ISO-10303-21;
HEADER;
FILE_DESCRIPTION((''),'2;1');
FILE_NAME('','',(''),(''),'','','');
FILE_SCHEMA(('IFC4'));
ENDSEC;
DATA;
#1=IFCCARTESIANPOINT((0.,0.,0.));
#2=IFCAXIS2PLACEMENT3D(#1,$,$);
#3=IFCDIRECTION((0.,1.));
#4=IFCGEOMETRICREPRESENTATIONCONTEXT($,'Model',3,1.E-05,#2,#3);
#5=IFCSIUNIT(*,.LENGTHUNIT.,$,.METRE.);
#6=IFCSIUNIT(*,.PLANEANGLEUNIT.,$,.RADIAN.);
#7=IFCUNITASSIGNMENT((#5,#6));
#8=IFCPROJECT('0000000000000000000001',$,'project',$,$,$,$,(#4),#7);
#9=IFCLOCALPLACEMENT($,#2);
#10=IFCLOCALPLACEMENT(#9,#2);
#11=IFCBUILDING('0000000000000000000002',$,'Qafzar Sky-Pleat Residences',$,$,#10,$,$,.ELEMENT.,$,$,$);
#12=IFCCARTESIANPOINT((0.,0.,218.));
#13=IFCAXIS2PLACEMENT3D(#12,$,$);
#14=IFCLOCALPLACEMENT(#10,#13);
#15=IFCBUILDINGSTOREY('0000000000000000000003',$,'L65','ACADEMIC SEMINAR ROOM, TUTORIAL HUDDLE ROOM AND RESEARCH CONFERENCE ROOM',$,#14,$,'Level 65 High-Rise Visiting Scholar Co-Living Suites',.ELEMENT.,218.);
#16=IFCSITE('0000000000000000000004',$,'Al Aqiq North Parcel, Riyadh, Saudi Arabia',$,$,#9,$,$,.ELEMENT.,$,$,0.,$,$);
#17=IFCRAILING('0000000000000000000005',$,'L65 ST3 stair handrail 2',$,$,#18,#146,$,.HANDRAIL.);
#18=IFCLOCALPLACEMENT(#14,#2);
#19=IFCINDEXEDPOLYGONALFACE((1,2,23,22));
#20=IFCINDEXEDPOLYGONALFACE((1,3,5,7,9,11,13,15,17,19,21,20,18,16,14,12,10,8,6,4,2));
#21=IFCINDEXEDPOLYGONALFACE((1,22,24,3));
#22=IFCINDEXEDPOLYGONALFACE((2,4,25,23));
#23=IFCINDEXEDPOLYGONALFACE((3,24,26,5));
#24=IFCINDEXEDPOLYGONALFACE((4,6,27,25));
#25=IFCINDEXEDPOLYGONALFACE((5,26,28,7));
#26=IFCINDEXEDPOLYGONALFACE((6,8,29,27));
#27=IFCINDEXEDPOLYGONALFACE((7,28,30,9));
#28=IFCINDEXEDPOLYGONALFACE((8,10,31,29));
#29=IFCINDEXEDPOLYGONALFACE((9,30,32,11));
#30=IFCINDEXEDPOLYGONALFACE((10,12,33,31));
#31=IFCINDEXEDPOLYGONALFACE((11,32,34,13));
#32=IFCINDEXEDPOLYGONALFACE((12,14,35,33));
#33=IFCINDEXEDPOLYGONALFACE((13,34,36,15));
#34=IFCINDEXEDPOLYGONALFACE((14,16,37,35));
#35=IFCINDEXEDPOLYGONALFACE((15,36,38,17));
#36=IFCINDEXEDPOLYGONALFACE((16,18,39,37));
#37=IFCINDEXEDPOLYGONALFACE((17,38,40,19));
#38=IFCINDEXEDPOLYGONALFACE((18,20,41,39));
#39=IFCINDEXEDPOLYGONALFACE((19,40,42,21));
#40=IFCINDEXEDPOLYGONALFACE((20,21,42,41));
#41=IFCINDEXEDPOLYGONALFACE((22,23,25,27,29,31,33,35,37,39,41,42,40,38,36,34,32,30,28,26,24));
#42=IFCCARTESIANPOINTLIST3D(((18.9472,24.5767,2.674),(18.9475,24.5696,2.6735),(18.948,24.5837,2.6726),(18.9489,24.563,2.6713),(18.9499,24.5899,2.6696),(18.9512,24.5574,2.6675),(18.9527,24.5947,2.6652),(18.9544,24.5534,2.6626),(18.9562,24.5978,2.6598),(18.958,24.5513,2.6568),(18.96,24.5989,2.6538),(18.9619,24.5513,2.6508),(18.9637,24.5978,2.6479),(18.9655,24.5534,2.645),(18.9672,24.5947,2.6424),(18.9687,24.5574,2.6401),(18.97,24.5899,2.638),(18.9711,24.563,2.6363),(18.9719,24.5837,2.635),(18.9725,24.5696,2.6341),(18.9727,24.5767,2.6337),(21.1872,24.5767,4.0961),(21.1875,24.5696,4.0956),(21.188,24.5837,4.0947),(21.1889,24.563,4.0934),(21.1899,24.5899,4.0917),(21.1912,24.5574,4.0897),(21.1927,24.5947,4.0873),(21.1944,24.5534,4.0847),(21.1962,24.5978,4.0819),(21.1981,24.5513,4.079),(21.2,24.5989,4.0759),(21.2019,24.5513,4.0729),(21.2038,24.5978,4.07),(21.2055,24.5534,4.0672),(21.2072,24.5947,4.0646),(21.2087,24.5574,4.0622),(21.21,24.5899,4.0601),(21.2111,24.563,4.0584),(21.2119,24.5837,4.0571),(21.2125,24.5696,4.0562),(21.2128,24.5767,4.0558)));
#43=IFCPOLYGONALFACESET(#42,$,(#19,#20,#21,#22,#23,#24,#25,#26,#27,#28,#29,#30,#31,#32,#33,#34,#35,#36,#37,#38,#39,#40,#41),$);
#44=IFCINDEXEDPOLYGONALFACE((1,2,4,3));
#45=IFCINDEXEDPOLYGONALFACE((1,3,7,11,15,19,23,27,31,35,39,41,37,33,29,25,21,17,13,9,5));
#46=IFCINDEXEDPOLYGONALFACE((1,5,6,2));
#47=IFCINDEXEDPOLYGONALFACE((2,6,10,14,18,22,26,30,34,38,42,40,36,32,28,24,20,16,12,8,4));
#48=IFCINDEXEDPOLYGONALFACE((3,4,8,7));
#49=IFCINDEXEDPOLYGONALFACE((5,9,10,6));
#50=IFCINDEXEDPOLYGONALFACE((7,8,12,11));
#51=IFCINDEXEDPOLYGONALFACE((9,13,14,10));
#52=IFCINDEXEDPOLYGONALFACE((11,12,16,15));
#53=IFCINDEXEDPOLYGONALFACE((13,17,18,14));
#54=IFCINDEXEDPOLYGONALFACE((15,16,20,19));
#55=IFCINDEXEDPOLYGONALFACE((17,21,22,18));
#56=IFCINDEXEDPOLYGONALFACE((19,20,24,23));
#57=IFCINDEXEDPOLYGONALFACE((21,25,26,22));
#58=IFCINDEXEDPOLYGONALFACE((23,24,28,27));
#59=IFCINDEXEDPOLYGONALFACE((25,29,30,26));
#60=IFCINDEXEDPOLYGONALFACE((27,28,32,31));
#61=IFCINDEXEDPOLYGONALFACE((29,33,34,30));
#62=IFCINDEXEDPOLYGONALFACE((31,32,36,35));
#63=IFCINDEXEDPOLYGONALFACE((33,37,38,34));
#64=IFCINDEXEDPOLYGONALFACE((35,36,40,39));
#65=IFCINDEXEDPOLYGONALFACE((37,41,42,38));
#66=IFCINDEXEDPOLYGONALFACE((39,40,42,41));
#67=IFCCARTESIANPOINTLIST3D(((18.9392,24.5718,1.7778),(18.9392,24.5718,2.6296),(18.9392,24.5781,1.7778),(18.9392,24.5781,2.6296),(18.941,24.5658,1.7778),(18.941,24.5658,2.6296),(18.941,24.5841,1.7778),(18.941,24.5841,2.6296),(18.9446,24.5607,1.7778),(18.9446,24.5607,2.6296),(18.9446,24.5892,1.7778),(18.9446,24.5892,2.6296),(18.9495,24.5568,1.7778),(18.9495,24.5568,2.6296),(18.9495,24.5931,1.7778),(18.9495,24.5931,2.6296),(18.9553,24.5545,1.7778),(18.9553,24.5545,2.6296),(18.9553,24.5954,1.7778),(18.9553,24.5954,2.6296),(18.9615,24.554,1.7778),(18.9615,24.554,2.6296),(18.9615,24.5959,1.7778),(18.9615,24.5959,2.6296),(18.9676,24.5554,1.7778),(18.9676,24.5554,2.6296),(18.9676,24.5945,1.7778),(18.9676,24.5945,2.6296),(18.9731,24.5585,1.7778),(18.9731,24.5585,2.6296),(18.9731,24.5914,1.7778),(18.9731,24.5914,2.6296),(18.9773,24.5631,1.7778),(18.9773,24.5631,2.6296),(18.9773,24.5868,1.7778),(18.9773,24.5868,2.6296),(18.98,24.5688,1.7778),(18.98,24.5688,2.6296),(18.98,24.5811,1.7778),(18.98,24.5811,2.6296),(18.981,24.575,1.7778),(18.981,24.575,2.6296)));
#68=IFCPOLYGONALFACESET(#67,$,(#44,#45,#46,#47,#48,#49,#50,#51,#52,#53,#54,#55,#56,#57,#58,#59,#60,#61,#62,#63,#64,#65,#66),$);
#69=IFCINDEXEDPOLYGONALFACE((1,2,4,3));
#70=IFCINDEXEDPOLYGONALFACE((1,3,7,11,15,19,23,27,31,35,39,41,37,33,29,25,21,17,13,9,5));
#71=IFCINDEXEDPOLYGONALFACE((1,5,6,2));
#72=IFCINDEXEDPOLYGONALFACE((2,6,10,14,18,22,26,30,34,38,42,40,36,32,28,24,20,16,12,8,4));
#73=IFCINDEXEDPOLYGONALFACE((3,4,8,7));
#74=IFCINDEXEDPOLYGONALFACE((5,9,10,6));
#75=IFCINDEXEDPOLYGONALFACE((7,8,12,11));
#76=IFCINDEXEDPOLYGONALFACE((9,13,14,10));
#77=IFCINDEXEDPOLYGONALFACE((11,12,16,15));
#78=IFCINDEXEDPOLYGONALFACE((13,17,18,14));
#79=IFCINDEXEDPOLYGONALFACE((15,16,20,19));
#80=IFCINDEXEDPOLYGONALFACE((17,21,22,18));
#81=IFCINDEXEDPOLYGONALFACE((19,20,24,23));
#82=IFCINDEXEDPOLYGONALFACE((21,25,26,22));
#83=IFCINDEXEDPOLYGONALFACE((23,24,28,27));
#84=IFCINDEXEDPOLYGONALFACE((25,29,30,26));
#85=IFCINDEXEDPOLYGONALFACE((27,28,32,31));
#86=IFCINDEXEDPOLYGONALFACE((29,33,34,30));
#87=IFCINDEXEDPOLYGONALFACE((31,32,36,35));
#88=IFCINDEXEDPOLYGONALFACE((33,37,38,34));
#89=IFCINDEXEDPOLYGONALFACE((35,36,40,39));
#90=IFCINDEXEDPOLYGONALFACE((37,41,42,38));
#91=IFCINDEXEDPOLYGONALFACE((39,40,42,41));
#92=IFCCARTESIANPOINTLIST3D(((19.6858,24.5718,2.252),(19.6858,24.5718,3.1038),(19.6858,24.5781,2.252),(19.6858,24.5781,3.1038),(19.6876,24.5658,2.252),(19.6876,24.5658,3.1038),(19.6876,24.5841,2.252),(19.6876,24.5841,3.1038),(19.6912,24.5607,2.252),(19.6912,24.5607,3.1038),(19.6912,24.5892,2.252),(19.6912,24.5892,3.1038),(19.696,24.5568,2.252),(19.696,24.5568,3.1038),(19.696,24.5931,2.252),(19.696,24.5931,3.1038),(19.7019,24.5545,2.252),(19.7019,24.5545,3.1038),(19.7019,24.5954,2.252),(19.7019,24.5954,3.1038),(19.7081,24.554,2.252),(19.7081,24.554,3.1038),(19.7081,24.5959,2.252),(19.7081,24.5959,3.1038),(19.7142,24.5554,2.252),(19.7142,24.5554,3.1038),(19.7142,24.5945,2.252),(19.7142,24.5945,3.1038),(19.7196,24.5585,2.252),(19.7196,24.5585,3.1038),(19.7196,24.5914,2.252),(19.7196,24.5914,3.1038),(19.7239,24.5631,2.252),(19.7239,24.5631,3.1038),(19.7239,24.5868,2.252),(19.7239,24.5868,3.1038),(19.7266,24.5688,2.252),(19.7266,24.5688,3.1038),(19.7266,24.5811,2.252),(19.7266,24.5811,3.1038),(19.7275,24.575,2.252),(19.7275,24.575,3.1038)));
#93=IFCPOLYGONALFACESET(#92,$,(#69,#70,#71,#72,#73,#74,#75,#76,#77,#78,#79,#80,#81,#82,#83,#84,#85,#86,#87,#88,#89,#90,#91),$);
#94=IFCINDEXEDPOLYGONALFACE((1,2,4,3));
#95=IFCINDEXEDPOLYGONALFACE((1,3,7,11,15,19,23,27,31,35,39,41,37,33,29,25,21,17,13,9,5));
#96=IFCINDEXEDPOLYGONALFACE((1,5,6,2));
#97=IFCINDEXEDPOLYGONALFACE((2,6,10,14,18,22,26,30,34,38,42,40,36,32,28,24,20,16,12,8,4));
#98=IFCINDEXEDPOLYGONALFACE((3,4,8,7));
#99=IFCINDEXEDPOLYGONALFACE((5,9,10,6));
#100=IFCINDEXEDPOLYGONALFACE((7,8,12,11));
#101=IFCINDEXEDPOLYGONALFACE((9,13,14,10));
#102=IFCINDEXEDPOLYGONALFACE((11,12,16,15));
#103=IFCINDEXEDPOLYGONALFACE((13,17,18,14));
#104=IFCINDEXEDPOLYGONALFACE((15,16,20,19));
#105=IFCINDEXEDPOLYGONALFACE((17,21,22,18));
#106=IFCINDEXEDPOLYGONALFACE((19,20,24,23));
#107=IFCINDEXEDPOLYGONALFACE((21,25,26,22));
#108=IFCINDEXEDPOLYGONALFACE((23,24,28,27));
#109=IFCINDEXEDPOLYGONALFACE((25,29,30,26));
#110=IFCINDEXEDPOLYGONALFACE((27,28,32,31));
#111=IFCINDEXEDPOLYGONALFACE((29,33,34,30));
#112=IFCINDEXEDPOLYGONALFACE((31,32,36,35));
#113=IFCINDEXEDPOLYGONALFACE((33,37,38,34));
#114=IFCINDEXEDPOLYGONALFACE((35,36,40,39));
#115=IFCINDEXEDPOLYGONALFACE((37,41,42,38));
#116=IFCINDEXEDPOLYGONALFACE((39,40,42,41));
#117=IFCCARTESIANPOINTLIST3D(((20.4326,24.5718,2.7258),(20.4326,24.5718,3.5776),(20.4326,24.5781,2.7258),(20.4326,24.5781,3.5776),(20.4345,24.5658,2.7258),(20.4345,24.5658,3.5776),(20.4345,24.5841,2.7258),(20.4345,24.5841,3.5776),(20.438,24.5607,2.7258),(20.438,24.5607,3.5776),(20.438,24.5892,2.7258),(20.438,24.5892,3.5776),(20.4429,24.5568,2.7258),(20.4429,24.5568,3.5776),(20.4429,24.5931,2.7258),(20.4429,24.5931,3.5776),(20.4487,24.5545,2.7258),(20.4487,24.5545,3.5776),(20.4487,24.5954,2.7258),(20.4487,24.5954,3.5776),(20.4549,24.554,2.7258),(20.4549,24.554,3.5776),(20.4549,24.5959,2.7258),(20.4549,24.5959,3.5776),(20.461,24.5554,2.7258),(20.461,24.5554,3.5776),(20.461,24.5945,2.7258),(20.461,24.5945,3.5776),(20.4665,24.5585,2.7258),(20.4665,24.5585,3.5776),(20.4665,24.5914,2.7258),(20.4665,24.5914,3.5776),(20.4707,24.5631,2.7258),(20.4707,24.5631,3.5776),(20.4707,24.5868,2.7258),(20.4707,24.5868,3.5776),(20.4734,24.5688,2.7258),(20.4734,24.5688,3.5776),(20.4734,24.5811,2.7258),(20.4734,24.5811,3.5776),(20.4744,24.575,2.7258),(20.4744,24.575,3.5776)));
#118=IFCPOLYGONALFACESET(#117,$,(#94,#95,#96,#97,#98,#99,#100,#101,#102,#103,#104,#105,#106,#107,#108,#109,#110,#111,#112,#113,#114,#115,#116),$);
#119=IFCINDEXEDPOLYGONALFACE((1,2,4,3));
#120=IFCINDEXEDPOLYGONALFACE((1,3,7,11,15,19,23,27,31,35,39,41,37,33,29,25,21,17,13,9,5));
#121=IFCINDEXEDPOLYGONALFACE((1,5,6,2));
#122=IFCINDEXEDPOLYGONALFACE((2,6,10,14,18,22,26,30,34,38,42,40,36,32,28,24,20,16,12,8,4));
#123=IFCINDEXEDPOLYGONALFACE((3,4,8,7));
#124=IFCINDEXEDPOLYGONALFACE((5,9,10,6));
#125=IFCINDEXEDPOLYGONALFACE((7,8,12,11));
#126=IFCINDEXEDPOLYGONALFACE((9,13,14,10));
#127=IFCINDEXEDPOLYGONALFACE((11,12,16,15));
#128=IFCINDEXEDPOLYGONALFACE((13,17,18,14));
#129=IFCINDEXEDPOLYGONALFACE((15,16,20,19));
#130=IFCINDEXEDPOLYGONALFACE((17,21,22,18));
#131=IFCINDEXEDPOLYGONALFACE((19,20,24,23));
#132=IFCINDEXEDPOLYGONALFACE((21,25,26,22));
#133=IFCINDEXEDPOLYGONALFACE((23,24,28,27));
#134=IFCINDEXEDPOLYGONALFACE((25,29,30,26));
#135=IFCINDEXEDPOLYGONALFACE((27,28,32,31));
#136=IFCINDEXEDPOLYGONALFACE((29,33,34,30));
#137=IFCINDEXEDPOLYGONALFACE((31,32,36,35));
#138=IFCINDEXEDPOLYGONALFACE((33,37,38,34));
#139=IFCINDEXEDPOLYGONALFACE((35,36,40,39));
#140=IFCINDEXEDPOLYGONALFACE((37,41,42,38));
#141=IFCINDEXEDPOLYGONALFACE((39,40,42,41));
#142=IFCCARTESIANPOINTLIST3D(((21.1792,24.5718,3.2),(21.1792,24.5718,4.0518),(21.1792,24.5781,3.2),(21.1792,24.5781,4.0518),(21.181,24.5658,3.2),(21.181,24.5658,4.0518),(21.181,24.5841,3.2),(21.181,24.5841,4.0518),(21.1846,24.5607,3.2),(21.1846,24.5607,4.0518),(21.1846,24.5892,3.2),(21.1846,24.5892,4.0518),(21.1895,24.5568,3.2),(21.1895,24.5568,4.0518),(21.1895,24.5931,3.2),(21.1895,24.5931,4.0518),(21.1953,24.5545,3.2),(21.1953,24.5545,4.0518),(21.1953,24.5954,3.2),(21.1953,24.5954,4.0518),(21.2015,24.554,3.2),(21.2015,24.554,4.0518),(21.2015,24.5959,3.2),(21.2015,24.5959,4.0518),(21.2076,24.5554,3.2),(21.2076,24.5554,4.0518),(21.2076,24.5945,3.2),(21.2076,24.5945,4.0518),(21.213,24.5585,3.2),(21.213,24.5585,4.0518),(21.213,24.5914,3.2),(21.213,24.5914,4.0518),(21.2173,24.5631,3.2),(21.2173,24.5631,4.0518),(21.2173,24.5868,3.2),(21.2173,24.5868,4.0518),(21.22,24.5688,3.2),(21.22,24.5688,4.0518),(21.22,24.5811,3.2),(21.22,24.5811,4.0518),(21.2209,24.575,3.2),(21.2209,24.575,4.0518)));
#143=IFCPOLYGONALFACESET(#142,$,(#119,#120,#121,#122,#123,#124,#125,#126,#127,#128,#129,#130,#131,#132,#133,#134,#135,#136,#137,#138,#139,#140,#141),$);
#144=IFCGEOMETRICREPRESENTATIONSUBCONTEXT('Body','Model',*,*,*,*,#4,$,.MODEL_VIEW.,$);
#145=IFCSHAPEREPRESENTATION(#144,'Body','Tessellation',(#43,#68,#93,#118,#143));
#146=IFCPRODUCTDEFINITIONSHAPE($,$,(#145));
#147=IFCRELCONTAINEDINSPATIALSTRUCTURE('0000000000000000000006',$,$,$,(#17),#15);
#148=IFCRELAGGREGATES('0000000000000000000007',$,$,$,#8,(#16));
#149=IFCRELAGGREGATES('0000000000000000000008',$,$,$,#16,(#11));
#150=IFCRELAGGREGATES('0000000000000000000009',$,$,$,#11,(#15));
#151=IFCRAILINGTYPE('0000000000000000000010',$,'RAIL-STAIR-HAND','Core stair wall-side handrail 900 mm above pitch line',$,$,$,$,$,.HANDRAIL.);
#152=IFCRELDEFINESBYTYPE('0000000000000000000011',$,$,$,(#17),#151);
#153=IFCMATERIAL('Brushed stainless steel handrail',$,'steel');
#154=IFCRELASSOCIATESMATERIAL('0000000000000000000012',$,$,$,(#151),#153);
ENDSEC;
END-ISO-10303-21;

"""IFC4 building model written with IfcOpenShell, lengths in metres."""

from ifc_helpers import new_model, si_unit, direction, frame, origin, origin_2d, place, context, subcontext, project, spatial, circle, extrude, source, transform, mapped, material, type_object, element, save


model = new_model("IFC4")

# Units and contexts
model_context = context("Model", 3, precision=1e-05, world=origin(), true_north=direction((0.0, 1.0)))
body_context = subcontext(model_context, "Body", "Model", "MODEL_VIEW")
ifc_project = project(units=[si_unit("LENGTHUNIT", "METRE"), si_unit("PLANEANGLEUNIT", "RADIAN")], contexts=[model_context])

# Site, building, storey
site_placement = place(None, origin())
site = spatial("IfcSite", under=ifc_project, at=site_placement, Name="Al Aqiq North Parcel, Riyadh, Saudi Arabia", CompositionType="ELEMENT", RefElevation=0.0)
building_placement = place(site_placement, origin())
building = spatial("IfcBuilding", under=site, at=building_placement, Name="Qafzar Sky-Pleat Residences", CompositionType="ELEMENT")
storey_placement = place(building_placement, frame((0.0, 0.0, 218.0)))
storey = spatial("IfcBuildingStorey", under=building, at=storey_placement, Name="L65", Description="ACADEMIC SEMINAR ROOM, TUTORIAL HUDDLE ROOM AND RESEARCH CONFERENCE ROOM", LongName="Level 65 High-Rise Visiting Scholar Co-Living Suites", CompositionType="ELEMENT", Elevation=218.0)

# Railing
ifc_material_1 = material(Name="Brushed stainless steel handrail", Category="steel")
railing_type_1 = type_object("IfcRailingType", Name="RAIL-STAIR-HAND", Description="Core stair wall-side handrail 900 mm above pitch line", PredefinedType="HANDRAIL", material=ifc_material_1)
shared_shape_1 = source(origin(), body_context, "Body", "SweptSolid", [
    extrude(circle(Radius=0.0239, at=origin_2d()), frame((0.0, 0.0, 0.876), z_axis=(0.844229, 0.0, 0.535982), x_axis=(0.0, 1.0, 0.0)), (0.0, 0.0, 1.0), 2.6533),
    extrude(circle(Radius=0.021, at=origin_2d()), origin(), (0.0, 0.0, 1.0), 0.8518),
    extrude(circle(Radius=0.021, at=origin_2d()), frame((0.7466, 0.0, 0.4741)), (0.0, 0.0, 1.0), 0.8518),
    extrude(circle(Radius=0.021, at=origin_2d()), frame((1.4934, 0.0, 0.948)), (0.0, 0.0, 1.0), 0.8518),
    extrude(circle(Radius=0.021, at=origin_2d()), frame((2.24, 0.0, 1.4221)), (0.0, 0.0, 1.0), 0.8518),
])
railing_1_placement = place(storey_placement, frame((18.96, 24.575, 1.7778)))
element("IfcRailing", 1, at=railing_1_placement, inside=storey, type_object=railing_type_1, Name="L65 ST3 stair handrail 2", PredefinedType="HANDRAIL", context=body_context, shape_type="MappedRepresentation", body=[
    mapped(shared_shape_1, transform((0.0, 0.0, 0.0), x_axis=(1.0, 0.0, 0.0), y_axis=(0.0, 1.0, 0.0), z_axis=(0.0, 0.0, 1.0), scale=1.0)),
])

save(model, "model.ifc")
